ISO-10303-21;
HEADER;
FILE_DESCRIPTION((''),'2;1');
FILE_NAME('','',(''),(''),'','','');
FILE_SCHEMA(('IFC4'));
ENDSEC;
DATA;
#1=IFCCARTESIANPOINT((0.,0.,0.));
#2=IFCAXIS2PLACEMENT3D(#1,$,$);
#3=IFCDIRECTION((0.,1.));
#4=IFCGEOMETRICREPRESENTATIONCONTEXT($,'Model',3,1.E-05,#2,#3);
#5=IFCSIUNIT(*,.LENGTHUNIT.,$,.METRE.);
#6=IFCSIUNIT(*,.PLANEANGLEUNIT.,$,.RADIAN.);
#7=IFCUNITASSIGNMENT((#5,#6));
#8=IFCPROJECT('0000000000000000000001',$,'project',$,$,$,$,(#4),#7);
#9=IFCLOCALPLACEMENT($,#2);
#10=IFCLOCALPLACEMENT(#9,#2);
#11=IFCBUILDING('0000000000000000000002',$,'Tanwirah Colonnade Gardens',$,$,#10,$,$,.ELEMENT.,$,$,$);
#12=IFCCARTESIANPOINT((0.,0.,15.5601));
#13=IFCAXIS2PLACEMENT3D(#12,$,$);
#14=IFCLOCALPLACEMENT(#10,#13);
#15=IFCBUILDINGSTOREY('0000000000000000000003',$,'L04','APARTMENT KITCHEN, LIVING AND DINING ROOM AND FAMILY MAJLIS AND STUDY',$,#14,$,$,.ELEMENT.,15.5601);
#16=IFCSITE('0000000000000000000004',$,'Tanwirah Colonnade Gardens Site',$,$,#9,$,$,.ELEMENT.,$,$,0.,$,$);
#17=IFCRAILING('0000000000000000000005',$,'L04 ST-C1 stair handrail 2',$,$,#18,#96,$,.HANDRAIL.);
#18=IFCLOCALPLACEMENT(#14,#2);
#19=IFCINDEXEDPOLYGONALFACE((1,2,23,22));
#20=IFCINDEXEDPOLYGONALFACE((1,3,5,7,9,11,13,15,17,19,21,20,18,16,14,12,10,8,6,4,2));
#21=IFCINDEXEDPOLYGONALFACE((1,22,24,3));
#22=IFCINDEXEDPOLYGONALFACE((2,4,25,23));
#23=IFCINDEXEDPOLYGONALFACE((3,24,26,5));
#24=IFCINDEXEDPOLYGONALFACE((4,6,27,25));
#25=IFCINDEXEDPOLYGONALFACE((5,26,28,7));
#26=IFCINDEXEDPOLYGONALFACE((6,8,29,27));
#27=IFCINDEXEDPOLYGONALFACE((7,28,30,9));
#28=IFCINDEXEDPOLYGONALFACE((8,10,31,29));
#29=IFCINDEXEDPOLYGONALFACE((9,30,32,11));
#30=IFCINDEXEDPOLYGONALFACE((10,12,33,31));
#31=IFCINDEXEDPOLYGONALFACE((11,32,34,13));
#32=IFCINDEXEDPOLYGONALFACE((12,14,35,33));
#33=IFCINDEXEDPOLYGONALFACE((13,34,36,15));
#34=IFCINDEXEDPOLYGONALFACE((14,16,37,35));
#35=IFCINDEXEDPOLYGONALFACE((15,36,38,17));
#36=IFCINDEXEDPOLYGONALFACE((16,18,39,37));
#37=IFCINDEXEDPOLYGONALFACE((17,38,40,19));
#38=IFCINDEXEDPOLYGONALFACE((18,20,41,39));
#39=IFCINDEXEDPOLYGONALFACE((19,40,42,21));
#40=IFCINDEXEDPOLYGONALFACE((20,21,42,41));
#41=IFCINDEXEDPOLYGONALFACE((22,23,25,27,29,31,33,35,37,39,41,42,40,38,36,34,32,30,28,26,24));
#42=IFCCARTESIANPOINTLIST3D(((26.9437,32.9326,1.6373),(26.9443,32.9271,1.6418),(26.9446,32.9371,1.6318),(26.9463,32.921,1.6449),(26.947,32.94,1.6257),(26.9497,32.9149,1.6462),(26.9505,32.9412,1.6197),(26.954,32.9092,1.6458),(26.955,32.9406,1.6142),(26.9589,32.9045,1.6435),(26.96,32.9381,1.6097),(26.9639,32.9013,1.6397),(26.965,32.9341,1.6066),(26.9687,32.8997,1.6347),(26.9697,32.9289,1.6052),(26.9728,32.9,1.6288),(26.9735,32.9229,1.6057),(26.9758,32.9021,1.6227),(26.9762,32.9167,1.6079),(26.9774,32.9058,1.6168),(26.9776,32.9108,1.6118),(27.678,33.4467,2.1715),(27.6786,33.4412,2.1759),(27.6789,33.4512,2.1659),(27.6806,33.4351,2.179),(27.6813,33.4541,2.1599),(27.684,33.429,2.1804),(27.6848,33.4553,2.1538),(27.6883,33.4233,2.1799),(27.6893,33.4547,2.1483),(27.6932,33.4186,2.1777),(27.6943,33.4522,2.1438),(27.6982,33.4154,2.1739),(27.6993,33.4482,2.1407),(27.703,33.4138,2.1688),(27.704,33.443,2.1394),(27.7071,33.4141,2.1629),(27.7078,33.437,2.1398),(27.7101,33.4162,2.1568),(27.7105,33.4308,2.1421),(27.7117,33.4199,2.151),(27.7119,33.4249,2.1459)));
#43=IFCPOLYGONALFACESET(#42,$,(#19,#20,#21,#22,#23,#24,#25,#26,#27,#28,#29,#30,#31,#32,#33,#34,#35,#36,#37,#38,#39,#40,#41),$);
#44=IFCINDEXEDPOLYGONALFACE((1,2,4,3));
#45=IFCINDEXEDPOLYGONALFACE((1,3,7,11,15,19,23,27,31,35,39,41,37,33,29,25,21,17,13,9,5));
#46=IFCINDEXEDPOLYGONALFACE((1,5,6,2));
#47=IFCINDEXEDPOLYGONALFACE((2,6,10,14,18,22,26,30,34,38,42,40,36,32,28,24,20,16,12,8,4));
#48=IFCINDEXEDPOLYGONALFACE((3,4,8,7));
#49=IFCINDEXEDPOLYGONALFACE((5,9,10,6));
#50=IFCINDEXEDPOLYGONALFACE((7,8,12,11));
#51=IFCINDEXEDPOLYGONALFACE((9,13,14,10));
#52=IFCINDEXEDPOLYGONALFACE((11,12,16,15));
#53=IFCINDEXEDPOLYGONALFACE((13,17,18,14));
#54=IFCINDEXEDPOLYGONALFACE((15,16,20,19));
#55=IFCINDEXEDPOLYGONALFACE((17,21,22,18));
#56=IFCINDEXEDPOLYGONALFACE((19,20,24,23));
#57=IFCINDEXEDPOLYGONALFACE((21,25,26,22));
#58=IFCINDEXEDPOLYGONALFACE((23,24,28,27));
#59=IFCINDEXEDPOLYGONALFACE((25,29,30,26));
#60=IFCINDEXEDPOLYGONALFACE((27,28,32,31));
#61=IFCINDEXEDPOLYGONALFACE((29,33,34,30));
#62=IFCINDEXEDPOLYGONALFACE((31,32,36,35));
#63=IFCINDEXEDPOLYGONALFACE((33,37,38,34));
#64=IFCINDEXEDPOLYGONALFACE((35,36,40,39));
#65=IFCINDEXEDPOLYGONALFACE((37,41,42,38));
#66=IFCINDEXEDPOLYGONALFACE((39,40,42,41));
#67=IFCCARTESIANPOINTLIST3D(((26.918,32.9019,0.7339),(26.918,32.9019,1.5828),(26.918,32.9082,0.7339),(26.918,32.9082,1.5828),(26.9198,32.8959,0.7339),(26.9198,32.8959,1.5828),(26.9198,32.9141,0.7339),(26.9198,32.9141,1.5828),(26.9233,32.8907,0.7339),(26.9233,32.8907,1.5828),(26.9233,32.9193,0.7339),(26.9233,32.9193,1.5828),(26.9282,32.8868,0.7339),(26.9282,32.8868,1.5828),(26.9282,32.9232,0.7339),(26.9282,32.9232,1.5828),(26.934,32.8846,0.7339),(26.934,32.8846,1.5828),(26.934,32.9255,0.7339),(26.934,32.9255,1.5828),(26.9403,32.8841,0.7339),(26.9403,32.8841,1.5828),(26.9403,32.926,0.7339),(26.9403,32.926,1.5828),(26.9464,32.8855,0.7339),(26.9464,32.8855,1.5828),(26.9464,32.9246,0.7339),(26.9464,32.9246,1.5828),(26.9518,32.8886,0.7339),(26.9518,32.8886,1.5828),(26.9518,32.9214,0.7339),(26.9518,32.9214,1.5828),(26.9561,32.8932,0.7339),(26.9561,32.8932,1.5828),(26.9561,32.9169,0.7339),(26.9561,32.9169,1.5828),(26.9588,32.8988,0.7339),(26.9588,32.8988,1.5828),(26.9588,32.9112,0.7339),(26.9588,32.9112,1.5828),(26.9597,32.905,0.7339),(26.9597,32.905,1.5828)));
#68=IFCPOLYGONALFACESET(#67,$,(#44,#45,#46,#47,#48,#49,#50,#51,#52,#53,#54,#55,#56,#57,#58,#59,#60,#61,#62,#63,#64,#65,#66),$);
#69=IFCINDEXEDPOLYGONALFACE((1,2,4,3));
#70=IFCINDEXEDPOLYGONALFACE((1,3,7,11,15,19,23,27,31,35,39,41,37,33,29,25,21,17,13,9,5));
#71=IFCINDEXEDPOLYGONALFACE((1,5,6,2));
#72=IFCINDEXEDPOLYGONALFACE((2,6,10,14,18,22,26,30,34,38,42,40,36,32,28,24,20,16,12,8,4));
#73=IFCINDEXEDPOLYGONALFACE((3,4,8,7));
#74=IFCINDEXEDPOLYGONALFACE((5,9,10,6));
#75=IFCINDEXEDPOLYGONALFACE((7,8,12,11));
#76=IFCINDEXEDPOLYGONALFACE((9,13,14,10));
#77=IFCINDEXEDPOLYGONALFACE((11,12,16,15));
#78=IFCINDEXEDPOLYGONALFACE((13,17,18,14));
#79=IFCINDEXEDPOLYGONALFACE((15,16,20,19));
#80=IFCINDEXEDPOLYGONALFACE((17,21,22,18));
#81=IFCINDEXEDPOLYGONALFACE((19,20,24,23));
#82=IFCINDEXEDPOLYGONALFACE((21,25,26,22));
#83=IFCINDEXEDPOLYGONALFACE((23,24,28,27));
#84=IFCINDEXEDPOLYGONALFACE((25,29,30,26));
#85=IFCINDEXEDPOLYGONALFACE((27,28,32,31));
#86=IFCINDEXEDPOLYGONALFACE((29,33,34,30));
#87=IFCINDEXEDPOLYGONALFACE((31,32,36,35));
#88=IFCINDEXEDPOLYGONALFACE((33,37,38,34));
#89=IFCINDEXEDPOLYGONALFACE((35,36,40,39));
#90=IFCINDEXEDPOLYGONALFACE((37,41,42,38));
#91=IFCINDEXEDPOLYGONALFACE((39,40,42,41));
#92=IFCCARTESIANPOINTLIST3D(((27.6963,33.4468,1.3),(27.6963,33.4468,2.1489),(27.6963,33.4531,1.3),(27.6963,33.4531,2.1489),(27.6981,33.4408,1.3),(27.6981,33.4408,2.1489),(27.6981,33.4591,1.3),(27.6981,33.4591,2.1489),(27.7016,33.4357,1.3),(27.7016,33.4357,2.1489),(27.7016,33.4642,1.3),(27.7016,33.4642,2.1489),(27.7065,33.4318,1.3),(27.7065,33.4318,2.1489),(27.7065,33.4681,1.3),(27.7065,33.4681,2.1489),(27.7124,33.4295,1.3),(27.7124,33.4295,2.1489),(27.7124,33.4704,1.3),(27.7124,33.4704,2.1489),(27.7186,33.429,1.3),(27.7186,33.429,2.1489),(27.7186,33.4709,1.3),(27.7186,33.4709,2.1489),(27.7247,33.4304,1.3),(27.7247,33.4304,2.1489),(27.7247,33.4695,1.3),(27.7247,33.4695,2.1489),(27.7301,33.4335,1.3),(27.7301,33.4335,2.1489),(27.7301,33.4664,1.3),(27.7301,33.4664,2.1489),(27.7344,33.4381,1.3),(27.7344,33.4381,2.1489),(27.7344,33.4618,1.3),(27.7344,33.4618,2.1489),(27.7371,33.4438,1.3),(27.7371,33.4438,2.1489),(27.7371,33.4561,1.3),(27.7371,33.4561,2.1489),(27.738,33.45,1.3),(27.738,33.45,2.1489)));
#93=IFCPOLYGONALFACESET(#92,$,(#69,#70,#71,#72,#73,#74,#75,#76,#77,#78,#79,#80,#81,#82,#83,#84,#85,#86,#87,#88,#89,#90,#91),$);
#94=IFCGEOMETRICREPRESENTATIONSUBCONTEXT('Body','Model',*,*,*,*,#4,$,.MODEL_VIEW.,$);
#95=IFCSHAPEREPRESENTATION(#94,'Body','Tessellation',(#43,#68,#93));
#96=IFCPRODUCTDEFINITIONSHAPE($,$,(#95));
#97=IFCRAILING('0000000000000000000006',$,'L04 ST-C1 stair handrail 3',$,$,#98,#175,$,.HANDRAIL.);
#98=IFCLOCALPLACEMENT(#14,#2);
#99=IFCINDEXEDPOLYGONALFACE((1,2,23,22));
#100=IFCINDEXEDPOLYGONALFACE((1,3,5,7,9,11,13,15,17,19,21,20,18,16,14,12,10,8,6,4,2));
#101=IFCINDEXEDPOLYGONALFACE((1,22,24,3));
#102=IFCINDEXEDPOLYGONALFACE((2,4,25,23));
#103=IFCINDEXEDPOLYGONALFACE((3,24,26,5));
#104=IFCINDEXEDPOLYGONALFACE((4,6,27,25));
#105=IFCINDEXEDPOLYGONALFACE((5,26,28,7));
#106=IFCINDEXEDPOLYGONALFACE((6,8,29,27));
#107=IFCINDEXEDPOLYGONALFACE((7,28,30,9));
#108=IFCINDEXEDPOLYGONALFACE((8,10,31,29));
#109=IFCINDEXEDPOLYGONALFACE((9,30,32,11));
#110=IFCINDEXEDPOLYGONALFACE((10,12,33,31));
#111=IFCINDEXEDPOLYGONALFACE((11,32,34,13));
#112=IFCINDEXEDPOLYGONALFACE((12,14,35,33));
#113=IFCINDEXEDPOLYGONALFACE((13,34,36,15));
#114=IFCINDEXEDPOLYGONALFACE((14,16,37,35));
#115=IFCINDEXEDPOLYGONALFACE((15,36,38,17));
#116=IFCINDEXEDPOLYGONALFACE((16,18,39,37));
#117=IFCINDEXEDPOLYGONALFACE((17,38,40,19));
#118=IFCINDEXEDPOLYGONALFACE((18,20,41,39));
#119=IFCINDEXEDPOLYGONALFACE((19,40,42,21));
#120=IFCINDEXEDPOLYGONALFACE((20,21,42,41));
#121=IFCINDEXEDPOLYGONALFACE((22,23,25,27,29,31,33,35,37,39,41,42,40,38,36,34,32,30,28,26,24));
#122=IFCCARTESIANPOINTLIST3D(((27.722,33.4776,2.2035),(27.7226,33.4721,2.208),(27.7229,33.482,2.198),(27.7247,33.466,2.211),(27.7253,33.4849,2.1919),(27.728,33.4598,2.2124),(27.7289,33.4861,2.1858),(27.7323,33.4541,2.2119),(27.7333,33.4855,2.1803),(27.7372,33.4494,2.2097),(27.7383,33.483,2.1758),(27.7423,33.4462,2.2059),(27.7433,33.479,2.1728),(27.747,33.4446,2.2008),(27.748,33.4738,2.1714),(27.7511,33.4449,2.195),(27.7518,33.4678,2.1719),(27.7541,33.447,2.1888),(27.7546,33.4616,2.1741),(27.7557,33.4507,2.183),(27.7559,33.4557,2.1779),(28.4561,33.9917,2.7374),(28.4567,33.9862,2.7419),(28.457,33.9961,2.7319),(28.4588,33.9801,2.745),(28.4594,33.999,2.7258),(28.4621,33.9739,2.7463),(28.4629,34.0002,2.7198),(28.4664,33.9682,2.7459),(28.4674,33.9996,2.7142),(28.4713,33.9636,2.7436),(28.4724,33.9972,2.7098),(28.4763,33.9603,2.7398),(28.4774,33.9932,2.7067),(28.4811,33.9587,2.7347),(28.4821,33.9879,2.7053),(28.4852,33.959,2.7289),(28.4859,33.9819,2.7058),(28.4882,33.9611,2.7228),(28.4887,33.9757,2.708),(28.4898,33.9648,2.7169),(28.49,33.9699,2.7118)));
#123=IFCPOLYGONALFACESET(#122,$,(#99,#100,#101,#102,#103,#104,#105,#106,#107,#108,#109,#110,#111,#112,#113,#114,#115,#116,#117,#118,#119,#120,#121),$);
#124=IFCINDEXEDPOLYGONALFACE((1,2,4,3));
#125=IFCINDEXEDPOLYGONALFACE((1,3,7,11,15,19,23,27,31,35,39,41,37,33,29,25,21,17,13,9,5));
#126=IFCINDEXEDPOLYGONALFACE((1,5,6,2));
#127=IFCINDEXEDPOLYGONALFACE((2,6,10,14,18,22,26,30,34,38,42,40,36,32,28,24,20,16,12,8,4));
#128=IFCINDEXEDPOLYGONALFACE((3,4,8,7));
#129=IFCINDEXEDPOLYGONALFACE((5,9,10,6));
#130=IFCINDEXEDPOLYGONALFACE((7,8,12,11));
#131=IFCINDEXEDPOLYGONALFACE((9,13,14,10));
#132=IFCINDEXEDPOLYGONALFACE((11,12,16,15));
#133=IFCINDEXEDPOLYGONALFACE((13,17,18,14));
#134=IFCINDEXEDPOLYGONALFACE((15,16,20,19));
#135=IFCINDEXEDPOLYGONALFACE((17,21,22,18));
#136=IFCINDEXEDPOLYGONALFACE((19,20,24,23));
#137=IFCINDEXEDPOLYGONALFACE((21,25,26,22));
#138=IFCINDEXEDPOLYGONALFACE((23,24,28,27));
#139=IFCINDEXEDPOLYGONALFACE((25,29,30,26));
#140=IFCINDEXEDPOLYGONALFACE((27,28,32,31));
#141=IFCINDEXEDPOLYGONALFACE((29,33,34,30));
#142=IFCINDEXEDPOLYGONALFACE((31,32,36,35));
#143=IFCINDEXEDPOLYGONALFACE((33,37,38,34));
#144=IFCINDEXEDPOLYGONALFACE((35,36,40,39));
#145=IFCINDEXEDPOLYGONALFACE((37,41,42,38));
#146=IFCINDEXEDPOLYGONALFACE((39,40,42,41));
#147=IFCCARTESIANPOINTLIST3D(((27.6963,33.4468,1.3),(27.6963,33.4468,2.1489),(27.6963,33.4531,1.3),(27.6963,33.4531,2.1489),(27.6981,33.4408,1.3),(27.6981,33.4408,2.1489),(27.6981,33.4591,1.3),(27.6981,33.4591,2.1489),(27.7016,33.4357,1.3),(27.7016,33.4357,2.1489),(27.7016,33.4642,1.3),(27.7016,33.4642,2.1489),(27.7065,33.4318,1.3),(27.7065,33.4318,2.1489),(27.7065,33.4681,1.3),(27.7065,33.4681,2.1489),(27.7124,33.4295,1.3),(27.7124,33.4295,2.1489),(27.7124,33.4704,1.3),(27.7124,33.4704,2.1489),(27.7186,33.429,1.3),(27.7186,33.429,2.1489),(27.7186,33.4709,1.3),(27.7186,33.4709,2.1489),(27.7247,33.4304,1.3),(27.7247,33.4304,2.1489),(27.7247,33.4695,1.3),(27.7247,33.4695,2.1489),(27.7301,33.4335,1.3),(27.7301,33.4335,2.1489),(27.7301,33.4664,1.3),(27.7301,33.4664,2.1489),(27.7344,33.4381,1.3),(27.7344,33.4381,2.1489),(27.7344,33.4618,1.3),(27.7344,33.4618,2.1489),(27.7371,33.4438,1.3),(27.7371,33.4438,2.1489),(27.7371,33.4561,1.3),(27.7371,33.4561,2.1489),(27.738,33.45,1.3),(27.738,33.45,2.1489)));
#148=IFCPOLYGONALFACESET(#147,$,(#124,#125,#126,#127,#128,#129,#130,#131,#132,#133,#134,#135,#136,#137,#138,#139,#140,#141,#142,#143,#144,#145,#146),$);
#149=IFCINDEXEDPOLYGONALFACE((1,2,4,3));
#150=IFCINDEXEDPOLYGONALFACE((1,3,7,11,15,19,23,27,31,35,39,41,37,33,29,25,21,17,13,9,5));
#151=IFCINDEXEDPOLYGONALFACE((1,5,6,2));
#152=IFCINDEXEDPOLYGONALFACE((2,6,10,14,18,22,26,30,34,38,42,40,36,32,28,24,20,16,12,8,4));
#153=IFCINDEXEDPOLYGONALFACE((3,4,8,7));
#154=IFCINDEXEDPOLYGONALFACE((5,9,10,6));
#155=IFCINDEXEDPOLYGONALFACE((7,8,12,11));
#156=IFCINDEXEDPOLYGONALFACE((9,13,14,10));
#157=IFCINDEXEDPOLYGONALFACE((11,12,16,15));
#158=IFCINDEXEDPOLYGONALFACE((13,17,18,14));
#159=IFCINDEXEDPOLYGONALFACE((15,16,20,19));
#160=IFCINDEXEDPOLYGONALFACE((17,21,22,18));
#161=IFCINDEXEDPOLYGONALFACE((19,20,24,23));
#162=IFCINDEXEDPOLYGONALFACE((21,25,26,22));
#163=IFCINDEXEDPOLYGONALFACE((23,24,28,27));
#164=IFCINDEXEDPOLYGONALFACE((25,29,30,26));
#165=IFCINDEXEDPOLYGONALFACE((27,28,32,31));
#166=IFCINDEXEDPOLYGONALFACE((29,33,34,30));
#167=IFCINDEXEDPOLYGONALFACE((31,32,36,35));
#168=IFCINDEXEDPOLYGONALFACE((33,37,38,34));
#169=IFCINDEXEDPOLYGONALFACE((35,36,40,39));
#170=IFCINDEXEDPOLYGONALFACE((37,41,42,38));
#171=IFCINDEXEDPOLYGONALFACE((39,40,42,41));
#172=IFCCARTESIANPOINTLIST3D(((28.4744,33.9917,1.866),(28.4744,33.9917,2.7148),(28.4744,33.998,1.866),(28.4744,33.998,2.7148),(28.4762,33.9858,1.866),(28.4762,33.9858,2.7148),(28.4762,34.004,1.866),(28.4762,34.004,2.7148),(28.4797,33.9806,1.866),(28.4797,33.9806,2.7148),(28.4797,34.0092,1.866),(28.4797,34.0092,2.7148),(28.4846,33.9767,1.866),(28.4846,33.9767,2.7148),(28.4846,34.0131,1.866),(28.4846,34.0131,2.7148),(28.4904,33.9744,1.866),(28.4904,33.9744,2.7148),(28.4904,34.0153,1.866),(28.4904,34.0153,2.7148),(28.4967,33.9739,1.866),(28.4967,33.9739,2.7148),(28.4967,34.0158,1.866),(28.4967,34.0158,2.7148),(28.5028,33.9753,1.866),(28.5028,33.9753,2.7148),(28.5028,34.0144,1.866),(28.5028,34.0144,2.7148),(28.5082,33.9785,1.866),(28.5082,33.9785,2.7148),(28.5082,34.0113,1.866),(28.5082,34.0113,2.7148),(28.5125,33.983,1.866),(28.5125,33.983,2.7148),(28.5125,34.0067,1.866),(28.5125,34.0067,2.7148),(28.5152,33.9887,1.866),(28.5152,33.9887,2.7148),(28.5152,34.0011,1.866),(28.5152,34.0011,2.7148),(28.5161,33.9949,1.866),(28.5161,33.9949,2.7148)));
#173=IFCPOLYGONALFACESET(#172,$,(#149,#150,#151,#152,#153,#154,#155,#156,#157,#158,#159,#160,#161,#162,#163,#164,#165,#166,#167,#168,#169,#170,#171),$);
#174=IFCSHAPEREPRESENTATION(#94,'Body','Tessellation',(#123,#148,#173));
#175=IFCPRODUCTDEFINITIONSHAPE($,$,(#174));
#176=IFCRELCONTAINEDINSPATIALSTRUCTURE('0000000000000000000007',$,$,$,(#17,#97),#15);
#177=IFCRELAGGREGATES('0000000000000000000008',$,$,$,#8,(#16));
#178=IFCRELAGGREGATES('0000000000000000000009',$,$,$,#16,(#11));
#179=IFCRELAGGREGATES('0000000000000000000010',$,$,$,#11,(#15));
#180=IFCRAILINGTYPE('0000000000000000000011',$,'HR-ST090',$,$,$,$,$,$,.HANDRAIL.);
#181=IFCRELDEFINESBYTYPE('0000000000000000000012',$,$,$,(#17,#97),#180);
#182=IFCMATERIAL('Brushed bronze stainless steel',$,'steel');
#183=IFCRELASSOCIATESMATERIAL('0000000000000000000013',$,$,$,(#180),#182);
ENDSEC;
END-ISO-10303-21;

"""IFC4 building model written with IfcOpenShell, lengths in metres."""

from ifc_helpers import new_model, si_unit, direction, frame, origin, origin_2d, place, context, subcontext, project, spatial, circle, extrude, material, type_object, element, save


model = new_model("IFC4")

# Units and contexts
model_context = context("Model", 3, precision=1e-05, world=origin(), true_north=direction((0.0, 1.0)))
body_context = subcontext(model_context, "Body", "Model", "MODEL_VIEW")
ifc_project = project(units=[si_unit("LENGTHUNIT", "METRE"), si_unit("PLANEANGLEUNIT", "RADIAN")], contexts=[model_context])

# Site, building, storey
site_placement = place(None, origin())
site = spatial("IfcSite", under=ifc_project, at=site_placement, Name="Tanwirah Colonnade Gardens Site", CompositionType="ELEMENT", RefElevation=0.0)
building_placement = place(site_placement, origin())
building = spatial("IfcBuilding", under=site, at=building_placement, Name="Tanwirah Colonnade Gardens", CompositionType="ELEMENT")
storey_placement = place(building_placement, frame((0.0, 0.0, 15.5601)))
storey = spatial("IfcBuildingStorey", under=building, at=storey_placement, Name="L04", Description="APARTMENT KITCHEN, LIVING AND DINING ROOM AND FAMILY MAJLIS AND STUDY", CompositionType="ELEMENT", Elevation=15.5601)

# Railings
ifc_material_1 = material(Name="Brushed bronze stainless steel", Category="steel")
railing_type_1 = type_object("IfcRailingType", Name="HR-ST090", PredefinedType="HANDRAIL", material=ifc_material_1)
railing_1_placement = place(storey_placement, frame((26.9387, 32.905, 0.7339)))
element("IfcRailing", 1, at=railing_1_placement, inside=storey, type_object=railing_type_1, Name="L04 ST-C1 stair handrail 2", PredefinedType="HANDRAIL", context=body_context, shape_type="SweptSolid", body=[
    extrude(circle(Radius=0.0239, at=origin_2d()), frame((0.022, 0.0154, 0.8918), z_axis=(0.703718, 0.492691, 0.511895), x_axis=(-0.573531, 0.819184, 0.0)), (0.0, 0.0, 1.0), 1.0435),
    extrude(circle(Radius=0.021, at=origin_2d()), origin(), (0.0, 0.0, 1.0), 0.8489),
    extrude(circle(Radius=0.021, at=origin_2d()), frame((0.7783, 0.5449, 0.5662)), (0.0, 0.0, 1.0), 0.8489),
])
railing_2_placement = place(storey_placement, frame((27.717, 33.45, 1.3)))
element("IfcRailing", 2, at=railing_2_placement, inside=storey, type_object=railing_type_1, Name="L04 ST-C1 stair handrail 3", PredefinedType="HANDRAIL", context=body_context, shape_type="SweptSolid", body=[
    extrude(circle(Radius=0.0239, at=origin_2d()), frame((0.022, 0.0154, 0.8918), z_axis=(0.703686, 0.492823, 0.511812), x_axis=(-0.573652, 0.819099, 0.0)), (0.0, 0.0, 1.0), 1.0432),
    extrude(circle(Radius=0.021, at=origin_2d()), origin(), (0.0, 0.0, 1.0), 0.8489),
    extrude(circle(Radius=0.021, at=origin_2d()), frame((0.7781, 0.5449, 0.5659)), (0.0, 0.0, 1.0), 0.8489),
])

save(model, "model.ifc")
